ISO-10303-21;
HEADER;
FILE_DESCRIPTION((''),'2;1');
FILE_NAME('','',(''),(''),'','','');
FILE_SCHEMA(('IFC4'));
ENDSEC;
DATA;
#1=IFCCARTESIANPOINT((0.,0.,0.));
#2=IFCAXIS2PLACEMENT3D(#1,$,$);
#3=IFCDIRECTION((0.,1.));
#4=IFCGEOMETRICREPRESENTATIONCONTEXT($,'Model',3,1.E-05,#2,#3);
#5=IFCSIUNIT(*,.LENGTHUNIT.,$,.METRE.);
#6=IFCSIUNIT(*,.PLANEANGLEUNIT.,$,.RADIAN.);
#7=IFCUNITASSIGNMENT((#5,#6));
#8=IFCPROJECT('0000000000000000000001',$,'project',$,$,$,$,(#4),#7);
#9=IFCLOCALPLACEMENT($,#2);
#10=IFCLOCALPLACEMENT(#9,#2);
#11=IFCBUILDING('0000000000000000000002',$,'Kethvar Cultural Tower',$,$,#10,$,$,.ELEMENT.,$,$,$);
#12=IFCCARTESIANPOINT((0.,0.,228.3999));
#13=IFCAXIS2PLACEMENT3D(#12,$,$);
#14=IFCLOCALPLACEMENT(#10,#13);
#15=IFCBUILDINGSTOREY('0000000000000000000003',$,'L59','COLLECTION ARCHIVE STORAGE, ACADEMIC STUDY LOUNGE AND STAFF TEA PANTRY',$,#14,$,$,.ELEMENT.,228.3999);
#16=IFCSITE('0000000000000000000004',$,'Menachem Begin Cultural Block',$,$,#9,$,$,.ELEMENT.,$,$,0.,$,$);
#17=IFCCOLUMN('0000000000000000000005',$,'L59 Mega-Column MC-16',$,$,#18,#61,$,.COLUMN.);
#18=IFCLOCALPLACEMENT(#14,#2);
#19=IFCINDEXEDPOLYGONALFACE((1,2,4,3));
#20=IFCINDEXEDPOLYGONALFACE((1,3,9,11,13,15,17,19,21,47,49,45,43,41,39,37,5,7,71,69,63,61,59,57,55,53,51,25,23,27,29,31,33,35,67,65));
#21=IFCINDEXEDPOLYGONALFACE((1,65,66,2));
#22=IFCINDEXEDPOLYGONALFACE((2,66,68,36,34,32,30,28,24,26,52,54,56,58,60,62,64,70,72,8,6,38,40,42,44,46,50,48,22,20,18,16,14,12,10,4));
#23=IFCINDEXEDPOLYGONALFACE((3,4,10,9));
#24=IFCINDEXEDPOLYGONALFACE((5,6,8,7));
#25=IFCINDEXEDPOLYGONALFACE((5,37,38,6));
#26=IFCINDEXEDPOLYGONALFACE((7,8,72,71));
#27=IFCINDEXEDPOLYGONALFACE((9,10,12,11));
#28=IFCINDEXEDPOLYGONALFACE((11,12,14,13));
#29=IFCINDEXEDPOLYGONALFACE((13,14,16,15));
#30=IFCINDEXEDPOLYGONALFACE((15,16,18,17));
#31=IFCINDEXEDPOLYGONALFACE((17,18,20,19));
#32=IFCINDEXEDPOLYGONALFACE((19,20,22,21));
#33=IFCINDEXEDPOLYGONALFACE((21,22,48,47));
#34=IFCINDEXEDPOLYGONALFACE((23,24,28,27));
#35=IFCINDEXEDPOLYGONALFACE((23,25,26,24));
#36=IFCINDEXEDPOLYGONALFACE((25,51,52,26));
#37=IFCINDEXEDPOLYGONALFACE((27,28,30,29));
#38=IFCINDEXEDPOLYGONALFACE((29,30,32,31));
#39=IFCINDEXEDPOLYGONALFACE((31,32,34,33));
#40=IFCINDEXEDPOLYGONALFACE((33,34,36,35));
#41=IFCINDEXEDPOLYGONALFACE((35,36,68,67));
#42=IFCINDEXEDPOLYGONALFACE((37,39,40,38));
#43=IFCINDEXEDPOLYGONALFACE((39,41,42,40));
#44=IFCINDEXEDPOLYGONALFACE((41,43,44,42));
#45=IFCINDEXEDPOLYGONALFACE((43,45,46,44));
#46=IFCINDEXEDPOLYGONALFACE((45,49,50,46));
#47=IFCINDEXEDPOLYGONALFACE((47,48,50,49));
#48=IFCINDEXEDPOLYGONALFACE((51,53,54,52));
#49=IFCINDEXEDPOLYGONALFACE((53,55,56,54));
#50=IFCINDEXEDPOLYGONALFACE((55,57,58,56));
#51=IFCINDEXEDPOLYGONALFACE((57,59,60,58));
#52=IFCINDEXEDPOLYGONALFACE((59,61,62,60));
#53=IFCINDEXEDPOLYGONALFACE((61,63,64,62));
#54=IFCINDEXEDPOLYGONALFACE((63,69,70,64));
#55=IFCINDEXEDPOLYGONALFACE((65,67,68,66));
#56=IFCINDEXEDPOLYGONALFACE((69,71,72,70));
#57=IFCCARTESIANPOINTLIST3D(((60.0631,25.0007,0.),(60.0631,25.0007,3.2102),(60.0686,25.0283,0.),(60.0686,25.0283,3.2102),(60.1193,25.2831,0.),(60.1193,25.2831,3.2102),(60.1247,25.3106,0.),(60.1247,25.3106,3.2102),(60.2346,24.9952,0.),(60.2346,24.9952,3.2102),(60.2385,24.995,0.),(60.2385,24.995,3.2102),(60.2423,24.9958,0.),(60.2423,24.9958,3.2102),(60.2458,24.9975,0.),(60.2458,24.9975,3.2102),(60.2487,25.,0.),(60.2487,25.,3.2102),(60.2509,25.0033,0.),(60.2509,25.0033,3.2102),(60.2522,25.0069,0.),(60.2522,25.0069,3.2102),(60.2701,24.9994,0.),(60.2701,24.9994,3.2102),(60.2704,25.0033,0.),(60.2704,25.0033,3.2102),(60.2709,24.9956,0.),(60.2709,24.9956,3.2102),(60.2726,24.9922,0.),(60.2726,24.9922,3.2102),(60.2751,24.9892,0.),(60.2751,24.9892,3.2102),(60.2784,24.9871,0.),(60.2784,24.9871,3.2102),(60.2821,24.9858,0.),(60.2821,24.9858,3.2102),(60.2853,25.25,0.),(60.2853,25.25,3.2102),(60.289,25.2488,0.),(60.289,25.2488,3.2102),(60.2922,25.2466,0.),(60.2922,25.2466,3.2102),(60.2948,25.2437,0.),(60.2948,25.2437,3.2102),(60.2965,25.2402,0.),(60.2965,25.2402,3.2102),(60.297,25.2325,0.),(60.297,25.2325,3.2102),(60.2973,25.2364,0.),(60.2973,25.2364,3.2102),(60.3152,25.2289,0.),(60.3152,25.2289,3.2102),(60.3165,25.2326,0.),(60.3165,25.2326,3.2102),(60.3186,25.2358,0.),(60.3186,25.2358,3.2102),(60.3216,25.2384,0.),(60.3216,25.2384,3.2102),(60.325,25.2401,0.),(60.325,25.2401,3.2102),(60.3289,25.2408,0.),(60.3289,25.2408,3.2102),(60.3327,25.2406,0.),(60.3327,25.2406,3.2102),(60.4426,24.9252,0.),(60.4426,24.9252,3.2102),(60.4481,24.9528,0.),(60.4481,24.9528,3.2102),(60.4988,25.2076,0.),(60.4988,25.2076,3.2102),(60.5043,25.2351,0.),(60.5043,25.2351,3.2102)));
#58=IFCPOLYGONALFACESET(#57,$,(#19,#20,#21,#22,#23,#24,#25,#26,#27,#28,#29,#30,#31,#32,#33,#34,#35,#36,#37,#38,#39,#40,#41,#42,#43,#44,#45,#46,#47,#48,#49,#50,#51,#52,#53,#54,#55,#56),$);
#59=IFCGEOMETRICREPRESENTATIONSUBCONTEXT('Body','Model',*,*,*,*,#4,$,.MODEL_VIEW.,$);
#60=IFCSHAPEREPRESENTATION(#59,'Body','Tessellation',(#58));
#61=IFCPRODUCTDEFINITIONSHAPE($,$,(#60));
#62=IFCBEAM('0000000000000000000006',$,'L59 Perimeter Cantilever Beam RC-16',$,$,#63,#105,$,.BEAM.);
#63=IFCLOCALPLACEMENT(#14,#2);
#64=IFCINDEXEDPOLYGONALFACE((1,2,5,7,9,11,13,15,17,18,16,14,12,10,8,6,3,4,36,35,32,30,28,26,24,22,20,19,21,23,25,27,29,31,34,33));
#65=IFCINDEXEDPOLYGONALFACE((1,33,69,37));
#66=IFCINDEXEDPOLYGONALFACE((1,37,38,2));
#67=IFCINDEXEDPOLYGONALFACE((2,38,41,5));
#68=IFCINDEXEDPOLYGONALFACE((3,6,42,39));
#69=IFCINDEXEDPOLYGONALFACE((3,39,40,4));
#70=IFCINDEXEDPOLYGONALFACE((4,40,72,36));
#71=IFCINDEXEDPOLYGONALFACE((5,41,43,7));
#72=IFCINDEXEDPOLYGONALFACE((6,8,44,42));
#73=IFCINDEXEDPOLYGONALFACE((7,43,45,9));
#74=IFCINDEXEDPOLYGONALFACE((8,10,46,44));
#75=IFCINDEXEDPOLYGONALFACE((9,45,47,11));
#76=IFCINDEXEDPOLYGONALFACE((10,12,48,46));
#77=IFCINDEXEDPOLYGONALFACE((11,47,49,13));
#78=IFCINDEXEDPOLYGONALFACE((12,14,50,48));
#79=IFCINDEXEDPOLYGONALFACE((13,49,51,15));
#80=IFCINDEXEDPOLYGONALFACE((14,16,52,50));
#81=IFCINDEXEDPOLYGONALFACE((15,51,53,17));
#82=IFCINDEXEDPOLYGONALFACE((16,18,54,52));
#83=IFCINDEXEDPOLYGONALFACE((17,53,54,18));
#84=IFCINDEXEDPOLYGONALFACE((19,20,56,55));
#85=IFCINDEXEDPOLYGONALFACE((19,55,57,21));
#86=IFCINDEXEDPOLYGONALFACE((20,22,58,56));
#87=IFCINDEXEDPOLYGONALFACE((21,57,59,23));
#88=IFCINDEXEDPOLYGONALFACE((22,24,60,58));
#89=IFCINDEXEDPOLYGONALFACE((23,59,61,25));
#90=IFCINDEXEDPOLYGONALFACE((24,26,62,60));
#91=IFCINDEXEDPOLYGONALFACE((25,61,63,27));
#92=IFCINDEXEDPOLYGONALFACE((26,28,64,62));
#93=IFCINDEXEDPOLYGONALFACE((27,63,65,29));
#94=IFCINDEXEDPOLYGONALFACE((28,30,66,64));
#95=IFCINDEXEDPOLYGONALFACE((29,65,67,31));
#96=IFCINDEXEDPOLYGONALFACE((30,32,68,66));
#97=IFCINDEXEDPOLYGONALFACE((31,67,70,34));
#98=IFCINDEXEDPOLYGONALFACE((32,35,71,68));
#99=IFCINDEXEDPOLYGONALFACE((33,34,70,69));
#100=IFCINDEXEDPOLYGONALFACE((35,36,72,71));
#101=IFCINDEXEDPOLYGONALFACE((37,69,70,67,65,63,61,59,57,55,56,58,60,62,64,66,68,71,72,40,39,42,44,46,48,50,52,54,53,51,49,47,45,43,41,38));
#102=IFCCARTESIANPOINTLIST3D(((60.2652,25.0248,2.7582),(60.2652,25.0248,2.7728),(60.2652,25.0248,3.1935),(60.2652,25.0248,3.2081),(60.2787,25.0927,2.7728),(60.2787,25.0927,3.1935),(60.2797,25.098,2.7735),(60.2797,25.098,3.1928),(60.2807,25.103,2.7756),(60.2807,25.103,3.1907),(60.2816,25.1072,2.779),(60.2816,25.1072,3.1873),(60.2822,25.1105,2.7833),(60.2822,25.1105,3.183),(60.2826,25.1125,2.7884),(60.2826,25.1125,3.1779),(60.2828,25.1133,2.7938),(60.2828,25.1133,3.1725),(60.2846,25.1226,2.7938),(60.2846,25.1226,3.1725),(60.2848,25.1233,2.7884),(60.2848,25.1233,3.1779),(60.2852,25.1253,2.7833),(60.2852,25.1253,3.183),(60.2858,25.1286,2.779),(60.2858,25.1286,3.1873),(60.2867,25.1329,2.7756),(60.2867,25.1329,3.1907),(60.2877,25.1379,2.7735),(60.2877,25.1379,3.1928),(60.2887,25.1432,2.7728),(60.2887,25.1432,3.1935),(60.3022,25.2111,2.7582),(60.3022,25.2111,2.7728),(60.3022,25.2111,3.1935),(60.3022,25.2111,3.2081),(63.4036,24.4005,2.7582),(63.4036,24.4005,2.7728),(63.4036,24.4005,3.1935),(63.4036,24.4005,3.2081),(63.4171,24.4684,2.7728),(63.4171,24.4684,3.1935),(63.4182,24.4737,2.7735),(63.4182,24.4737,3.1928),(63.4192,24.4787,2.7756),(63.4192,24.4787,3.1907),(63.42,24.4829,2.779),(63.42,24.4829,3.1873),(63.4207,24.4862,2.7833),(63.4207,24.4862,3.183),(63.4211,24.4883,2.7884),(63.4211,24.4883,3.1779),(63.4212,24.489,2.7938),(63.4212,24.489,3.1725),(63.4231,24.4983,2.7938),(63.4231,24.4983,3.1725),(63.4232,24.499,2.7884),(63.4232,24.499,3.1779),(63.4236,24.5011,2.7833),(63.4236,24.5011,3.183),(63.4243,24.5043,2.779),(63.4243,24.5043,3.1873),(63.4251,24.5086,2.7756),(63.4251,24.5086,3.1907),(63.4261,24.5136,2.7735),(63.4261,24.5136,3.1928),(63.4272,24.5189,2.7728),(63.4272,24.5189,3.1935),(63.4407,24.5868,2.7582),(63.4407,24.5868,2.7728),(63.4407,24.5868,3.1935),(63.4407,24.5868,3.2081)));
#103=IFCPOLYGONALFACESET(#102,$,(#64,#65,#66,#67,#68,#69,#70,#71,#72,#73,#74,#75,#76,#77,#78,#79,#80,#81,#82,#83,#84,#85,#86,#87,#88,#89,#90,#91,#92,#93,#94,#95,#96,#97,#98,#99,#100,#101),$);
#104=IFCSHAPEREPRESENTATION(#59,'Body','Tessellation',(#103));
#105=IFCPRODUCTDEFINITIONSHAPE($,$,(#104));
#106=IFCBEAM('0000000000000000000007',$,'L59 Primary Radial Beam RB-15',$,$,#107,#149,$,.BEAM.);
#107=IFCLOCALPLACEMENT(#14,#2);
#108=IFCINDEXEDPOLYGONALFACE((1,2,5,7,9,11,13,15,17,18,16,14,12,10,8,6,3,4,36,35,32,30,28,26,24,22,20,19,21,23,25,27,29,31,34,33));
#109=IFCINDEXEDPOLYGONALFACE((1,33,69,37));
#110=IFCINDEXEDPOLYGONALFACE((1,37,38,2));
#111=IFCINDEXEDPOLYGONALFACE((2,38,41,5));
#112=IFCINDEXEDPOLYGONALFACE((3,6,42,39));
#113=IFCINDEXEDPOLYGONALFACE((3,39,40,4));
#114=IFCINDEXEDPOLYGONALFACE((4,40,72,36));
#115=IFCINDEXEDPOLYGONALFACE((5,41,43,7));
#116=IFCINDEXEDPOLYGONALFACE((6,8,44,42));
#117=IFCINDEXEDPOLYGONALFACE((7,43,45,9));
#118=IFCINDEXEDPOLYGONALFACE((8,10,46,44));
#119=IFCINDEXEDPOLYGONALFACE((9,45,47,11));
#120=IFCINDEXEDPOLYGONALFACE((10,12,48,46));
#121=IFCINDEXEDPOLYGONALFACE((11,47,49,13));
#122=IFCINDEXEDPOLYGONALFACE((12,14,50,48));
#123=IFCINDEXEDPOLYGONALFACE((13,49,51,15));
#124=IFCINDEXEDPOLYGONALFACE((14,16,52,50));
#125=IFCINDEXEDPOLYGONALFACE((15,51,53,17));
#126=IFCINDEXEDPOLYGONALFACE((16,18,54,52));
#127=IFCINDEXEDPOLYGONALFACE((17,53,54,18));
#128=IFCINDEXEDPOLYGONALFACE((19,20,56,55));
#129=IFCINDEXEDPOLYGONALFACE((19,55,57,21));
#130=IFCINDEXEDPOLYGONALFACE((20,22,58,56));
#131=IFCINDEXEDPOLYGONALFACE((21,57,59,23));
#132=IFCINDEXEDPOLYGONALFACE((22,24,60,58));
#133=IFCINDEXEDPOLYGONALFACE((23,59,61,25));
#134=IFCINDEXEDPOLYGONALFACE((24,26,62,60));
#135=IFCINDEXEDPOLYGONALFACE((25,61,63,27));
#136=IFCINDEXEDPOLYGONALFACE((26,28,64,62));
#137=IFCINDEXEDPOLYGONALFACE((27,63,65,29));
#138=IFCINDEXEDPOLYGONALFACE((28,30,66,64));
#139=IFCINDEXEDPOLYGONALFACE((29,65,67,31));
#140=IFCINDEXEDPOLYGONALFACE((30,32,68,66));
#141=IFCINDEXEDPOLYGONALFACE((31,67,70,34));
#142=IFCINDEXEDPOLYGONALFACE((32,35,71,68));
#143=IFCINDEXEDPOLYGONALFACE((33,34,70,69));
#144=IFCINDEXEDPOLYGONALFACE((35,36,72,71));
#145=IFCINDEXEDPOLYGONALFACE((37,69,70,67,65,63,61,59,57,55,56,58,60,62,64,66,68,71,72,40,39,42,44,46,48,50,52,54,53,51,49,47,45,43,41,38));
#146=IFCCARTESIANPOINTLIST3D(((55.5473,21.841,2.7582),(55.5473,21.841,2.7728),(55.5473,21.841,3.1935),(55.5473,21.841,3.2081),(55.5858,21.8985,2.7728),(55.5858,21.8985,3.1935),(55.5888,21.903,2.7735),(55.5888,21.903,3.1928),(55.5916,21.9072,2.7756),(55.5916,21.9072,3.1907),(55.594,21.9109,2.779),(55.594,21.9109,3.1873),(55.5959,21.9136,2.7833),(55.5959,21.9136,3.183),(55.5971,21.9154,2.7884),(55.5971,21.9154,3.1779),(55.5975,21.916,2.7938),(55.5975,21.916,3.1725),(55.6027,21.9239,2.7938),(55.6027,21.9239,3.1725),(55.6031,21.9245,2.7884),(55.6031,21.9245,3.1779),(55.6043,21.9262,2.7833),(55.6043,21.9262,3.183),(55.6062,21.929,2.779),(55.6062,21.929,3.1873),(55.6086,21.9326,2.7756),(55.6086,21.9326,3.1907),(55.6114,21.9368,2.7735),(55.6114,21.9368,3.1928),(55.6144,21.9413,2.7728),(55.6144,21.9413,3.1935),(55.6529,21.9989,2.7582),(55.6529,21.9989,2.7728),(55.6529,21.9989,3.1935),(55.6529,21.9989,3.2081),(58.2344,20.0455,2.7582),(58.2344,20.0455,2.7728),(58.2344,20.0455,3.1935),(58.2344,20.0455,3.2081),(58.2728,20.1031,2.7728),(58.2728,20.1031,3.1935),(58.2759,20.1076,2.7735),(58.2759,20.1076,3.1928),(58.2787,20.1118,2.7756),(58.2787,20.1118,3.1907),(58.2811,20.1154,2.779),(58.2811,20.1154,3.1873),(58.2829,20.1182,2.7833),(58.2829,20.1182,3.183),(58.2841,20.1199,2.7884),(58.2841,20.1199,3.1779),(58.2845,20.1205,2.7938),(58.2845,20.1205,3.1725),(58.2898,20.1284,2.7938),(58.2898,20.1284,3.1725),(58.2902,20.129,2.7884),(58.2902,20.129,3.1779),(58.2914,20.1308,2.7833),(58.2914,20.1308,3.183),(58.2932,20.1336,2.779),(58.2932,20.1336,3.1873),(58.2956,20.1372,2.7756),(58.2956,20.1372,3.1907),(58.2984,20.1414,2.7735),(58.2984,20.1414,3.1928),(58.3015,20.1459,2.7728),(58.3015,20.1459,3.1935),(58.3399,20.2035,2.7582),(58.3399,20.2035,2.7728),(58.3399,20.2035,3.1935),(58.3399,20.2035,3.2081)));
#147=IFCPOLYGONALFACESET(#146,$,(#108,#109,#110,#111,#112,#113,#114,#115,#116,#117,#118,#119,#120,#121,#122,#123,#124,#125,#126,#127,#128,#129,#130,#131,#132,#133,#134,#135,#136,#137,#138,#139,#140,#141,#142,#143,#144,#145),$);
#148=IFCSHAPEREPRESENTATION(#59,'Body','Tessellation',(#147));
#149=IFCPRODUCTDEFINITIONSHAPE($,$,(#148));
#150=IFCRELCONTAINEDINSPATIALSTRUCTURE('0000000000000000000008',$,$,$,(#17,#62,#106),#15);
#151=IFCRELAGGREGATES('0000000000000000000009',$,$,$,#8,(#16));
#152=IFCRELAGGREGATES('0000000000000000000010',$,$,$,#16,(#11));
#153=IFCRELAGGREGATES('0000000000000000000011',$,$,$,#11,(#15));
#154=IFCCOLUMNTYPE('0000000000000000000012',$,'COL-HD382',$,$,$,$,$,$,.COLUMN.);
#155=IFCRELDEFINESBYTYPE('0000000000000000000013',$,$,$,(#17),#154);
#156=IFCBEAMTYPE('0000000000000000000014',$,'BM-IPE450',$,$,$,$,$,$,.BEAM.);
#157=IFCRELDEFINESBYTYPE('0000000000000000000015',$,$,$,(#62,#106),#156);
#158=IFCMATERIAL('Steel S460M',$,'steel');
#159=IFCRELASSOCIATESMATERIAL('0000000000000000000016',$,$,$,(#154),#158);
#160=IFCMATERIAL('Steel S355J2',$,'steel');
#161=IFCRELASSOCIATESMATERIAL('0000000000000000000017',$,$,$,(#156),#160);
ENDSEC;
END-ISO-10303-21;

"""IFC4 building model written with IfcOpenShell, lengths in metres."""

from ifc_helpers import new_model, si_unit, direction, frame, origin, origin_2d, place, context, subcontext, project, spatial, i_section, extrude, source, transform, mapped, material, material_profile, profile_set, type_object, element, save


model = new_model("IFC4")

# Units and contexts
model_context = context("Model", 3, precision=1e-05, world=origin(), true_north=direction((0.0, 1.0)))
body_context = subcontext(model_context, "Body", "Model", "MODEL_VIEW")
ifc_project = project(units=[si_unit("LENGTHUNIT", "METRE"), si_unit("PLANEANGLEUNIT", "RADIAN")], contexts=[model_context])

# Site, building, storey
site_placement = place(None, origin())
site = spatial("IfcSite", under=ifc_project, at=site_placement, Name="Menachem Begin Cultural Block", CompositionType="ELEMENT", RefElevation=0.0)
building_placement = place(site_placement, origin())
building = spatial("IfcBuilding", under=site, at=building_placement, Name="Kethvar Cultural Tower", CompositionType="ELEMENT")
storey_placement = place(building_placement, frame((0.0, 0.0, 228.3999)))
storey = spatial("IfcBuildingStorey", under=building, at=storey_placement, Name="L59", Description="COLLECTION ARCHIVE STORAGE, ACADEMIC STUDY LOUNGE AND STAFF TEA PANTRY", CompositionType="ELEMENT", Elevation=228.3999)

# Column
ifc_material_1 = material(Name="Steel S460M", Category="steel")
ifc_material_profile_1 = material_profile(ifc_material_1, i_section(OverallWidth=0.387, OverallDepth=0.3159, WebThickness=0.0186, FlangeThickness=0.0281, FilletRadius=0.0149, at=origin_2d()), Name="Steel S460M — HD400x382")
ifc_profile_set_1 = profile_set([ifc_material_profile_1], Name="Steel S460M — HD400x382")
column_type = type_object("IfcColumnType", Name="COL-HD382", PredefinedType="COLUMN", material=ifc_profile_set_1)
shared_shape_1 = source(origin(), body_context, "Body", "SweptSolid", [
    extrude(i_section(OverallWidth=0.387, OverallDepth=0.3159, WebThickness=0.0186, FlangeThickness=0.0281, FilletRadius=0.0149, at=origin_2d()), origin(), (0.0, 0.0, 1.0), 3.2102),
])
column_placement = place(storey_placement, frame((60.2837, 25.1179, 0.0), z_axis=(0.0, 0.0, 1.0), x_axis=(0.980785, -0.19509, 0.0)))
element("IfcColumn", 1, at=column_placement, inside=storey, type_object=column_type, Name="L59 Mega-Column MC-16", PredefinedType="COLUMN", context=body_context, shape_type="MappedRepresentation", body=[
    mapped(shared_shape_1, transform((0.0, 0.0, 0.0), scale=1.0)),
])

# Beams
ifc_material_2 = material(Name="Steel S355J2", Category="steel")
ifc_material_profile_2 = material_profile(ifc_material_2, i_section(OverallWidth=0.1899, OverallDepth=0.45, WebThickness=0.0095, FlangeThickness=0.0146, FilletRadius=0.021, at=origin_2d()), Name="Steel S355J2 — IPE450")
ifc_profile_set_2 = profile_set([ifc_material_profile_2], Name="Steel S355J2 — IPE450")
beam_type_1 = type_object("IfcBeamType", Name="BM-IPE450", PredefinedType="BEAM", material=ifc_profile_set_2)
shared_shape_2 = source(origin(), body_context, "Body", "SweptSolid", [
    extrude(i_section(OverallWidth=0.1899, OverallDepth=0.45, WebThickness=0.0095, FlangeThickness=0.0146, FilletRadius=0.021, at=origin_2d()), origin(), (0.0, 0.0, 1.0), 3.2),
])
beam_1_placement = place(storey_placement, frame((60.2837, 25.1179, 2.9832), z_axis=(0.980786, -0.195089, 0.0), x_axis=(0.195089, 0.980786, 0.0)))
element("IfcBeam", 2, at=beam_1_placement, inside=storey, type_object=beam_type_1, Name="L59 Perimeter Cantilever Beam RC-16", PredefinedType="BEAM", context=body_context, shape_type="MappedRepresentation", body=[
    mapped(shared_shape_2, transform((0.0, 0.0, 0.0), scale=1.0)),
])
shared_shape_3 = source(origin(), body_context, "Body", "SweptSolid", [
    extrude(i_section(OverallWidth=0.1899, OverallDepth=0.45, WebThickness=0.0095, FlangeThickness=0.0146, FilletRadius=0.021, at=origin_2d()), origin(), (0.0, 0.0, 1.0), 3.2317),
])
beam_2_placement = place(storey_placement, frame((55.6001, 21.9199, 2.9832), z_axis=(0.831469, -0.555572, 0.0), x_axis=(0.555572, 0.831469, 0.0)))
element("IfcBeam", 3, at=beam_2_placement, inside=storey, type_object=beam_type_1, Name="L59 Primary Radial Beam RB-15", PredefinedType="BEAM", context=body_context, shape_type="MappedRepresentation", body=[
    mapped(shared_shape_3, transform((0.0, 0.0, 0.0), scale=1.0)),
])

save(model, "model.ifc")
